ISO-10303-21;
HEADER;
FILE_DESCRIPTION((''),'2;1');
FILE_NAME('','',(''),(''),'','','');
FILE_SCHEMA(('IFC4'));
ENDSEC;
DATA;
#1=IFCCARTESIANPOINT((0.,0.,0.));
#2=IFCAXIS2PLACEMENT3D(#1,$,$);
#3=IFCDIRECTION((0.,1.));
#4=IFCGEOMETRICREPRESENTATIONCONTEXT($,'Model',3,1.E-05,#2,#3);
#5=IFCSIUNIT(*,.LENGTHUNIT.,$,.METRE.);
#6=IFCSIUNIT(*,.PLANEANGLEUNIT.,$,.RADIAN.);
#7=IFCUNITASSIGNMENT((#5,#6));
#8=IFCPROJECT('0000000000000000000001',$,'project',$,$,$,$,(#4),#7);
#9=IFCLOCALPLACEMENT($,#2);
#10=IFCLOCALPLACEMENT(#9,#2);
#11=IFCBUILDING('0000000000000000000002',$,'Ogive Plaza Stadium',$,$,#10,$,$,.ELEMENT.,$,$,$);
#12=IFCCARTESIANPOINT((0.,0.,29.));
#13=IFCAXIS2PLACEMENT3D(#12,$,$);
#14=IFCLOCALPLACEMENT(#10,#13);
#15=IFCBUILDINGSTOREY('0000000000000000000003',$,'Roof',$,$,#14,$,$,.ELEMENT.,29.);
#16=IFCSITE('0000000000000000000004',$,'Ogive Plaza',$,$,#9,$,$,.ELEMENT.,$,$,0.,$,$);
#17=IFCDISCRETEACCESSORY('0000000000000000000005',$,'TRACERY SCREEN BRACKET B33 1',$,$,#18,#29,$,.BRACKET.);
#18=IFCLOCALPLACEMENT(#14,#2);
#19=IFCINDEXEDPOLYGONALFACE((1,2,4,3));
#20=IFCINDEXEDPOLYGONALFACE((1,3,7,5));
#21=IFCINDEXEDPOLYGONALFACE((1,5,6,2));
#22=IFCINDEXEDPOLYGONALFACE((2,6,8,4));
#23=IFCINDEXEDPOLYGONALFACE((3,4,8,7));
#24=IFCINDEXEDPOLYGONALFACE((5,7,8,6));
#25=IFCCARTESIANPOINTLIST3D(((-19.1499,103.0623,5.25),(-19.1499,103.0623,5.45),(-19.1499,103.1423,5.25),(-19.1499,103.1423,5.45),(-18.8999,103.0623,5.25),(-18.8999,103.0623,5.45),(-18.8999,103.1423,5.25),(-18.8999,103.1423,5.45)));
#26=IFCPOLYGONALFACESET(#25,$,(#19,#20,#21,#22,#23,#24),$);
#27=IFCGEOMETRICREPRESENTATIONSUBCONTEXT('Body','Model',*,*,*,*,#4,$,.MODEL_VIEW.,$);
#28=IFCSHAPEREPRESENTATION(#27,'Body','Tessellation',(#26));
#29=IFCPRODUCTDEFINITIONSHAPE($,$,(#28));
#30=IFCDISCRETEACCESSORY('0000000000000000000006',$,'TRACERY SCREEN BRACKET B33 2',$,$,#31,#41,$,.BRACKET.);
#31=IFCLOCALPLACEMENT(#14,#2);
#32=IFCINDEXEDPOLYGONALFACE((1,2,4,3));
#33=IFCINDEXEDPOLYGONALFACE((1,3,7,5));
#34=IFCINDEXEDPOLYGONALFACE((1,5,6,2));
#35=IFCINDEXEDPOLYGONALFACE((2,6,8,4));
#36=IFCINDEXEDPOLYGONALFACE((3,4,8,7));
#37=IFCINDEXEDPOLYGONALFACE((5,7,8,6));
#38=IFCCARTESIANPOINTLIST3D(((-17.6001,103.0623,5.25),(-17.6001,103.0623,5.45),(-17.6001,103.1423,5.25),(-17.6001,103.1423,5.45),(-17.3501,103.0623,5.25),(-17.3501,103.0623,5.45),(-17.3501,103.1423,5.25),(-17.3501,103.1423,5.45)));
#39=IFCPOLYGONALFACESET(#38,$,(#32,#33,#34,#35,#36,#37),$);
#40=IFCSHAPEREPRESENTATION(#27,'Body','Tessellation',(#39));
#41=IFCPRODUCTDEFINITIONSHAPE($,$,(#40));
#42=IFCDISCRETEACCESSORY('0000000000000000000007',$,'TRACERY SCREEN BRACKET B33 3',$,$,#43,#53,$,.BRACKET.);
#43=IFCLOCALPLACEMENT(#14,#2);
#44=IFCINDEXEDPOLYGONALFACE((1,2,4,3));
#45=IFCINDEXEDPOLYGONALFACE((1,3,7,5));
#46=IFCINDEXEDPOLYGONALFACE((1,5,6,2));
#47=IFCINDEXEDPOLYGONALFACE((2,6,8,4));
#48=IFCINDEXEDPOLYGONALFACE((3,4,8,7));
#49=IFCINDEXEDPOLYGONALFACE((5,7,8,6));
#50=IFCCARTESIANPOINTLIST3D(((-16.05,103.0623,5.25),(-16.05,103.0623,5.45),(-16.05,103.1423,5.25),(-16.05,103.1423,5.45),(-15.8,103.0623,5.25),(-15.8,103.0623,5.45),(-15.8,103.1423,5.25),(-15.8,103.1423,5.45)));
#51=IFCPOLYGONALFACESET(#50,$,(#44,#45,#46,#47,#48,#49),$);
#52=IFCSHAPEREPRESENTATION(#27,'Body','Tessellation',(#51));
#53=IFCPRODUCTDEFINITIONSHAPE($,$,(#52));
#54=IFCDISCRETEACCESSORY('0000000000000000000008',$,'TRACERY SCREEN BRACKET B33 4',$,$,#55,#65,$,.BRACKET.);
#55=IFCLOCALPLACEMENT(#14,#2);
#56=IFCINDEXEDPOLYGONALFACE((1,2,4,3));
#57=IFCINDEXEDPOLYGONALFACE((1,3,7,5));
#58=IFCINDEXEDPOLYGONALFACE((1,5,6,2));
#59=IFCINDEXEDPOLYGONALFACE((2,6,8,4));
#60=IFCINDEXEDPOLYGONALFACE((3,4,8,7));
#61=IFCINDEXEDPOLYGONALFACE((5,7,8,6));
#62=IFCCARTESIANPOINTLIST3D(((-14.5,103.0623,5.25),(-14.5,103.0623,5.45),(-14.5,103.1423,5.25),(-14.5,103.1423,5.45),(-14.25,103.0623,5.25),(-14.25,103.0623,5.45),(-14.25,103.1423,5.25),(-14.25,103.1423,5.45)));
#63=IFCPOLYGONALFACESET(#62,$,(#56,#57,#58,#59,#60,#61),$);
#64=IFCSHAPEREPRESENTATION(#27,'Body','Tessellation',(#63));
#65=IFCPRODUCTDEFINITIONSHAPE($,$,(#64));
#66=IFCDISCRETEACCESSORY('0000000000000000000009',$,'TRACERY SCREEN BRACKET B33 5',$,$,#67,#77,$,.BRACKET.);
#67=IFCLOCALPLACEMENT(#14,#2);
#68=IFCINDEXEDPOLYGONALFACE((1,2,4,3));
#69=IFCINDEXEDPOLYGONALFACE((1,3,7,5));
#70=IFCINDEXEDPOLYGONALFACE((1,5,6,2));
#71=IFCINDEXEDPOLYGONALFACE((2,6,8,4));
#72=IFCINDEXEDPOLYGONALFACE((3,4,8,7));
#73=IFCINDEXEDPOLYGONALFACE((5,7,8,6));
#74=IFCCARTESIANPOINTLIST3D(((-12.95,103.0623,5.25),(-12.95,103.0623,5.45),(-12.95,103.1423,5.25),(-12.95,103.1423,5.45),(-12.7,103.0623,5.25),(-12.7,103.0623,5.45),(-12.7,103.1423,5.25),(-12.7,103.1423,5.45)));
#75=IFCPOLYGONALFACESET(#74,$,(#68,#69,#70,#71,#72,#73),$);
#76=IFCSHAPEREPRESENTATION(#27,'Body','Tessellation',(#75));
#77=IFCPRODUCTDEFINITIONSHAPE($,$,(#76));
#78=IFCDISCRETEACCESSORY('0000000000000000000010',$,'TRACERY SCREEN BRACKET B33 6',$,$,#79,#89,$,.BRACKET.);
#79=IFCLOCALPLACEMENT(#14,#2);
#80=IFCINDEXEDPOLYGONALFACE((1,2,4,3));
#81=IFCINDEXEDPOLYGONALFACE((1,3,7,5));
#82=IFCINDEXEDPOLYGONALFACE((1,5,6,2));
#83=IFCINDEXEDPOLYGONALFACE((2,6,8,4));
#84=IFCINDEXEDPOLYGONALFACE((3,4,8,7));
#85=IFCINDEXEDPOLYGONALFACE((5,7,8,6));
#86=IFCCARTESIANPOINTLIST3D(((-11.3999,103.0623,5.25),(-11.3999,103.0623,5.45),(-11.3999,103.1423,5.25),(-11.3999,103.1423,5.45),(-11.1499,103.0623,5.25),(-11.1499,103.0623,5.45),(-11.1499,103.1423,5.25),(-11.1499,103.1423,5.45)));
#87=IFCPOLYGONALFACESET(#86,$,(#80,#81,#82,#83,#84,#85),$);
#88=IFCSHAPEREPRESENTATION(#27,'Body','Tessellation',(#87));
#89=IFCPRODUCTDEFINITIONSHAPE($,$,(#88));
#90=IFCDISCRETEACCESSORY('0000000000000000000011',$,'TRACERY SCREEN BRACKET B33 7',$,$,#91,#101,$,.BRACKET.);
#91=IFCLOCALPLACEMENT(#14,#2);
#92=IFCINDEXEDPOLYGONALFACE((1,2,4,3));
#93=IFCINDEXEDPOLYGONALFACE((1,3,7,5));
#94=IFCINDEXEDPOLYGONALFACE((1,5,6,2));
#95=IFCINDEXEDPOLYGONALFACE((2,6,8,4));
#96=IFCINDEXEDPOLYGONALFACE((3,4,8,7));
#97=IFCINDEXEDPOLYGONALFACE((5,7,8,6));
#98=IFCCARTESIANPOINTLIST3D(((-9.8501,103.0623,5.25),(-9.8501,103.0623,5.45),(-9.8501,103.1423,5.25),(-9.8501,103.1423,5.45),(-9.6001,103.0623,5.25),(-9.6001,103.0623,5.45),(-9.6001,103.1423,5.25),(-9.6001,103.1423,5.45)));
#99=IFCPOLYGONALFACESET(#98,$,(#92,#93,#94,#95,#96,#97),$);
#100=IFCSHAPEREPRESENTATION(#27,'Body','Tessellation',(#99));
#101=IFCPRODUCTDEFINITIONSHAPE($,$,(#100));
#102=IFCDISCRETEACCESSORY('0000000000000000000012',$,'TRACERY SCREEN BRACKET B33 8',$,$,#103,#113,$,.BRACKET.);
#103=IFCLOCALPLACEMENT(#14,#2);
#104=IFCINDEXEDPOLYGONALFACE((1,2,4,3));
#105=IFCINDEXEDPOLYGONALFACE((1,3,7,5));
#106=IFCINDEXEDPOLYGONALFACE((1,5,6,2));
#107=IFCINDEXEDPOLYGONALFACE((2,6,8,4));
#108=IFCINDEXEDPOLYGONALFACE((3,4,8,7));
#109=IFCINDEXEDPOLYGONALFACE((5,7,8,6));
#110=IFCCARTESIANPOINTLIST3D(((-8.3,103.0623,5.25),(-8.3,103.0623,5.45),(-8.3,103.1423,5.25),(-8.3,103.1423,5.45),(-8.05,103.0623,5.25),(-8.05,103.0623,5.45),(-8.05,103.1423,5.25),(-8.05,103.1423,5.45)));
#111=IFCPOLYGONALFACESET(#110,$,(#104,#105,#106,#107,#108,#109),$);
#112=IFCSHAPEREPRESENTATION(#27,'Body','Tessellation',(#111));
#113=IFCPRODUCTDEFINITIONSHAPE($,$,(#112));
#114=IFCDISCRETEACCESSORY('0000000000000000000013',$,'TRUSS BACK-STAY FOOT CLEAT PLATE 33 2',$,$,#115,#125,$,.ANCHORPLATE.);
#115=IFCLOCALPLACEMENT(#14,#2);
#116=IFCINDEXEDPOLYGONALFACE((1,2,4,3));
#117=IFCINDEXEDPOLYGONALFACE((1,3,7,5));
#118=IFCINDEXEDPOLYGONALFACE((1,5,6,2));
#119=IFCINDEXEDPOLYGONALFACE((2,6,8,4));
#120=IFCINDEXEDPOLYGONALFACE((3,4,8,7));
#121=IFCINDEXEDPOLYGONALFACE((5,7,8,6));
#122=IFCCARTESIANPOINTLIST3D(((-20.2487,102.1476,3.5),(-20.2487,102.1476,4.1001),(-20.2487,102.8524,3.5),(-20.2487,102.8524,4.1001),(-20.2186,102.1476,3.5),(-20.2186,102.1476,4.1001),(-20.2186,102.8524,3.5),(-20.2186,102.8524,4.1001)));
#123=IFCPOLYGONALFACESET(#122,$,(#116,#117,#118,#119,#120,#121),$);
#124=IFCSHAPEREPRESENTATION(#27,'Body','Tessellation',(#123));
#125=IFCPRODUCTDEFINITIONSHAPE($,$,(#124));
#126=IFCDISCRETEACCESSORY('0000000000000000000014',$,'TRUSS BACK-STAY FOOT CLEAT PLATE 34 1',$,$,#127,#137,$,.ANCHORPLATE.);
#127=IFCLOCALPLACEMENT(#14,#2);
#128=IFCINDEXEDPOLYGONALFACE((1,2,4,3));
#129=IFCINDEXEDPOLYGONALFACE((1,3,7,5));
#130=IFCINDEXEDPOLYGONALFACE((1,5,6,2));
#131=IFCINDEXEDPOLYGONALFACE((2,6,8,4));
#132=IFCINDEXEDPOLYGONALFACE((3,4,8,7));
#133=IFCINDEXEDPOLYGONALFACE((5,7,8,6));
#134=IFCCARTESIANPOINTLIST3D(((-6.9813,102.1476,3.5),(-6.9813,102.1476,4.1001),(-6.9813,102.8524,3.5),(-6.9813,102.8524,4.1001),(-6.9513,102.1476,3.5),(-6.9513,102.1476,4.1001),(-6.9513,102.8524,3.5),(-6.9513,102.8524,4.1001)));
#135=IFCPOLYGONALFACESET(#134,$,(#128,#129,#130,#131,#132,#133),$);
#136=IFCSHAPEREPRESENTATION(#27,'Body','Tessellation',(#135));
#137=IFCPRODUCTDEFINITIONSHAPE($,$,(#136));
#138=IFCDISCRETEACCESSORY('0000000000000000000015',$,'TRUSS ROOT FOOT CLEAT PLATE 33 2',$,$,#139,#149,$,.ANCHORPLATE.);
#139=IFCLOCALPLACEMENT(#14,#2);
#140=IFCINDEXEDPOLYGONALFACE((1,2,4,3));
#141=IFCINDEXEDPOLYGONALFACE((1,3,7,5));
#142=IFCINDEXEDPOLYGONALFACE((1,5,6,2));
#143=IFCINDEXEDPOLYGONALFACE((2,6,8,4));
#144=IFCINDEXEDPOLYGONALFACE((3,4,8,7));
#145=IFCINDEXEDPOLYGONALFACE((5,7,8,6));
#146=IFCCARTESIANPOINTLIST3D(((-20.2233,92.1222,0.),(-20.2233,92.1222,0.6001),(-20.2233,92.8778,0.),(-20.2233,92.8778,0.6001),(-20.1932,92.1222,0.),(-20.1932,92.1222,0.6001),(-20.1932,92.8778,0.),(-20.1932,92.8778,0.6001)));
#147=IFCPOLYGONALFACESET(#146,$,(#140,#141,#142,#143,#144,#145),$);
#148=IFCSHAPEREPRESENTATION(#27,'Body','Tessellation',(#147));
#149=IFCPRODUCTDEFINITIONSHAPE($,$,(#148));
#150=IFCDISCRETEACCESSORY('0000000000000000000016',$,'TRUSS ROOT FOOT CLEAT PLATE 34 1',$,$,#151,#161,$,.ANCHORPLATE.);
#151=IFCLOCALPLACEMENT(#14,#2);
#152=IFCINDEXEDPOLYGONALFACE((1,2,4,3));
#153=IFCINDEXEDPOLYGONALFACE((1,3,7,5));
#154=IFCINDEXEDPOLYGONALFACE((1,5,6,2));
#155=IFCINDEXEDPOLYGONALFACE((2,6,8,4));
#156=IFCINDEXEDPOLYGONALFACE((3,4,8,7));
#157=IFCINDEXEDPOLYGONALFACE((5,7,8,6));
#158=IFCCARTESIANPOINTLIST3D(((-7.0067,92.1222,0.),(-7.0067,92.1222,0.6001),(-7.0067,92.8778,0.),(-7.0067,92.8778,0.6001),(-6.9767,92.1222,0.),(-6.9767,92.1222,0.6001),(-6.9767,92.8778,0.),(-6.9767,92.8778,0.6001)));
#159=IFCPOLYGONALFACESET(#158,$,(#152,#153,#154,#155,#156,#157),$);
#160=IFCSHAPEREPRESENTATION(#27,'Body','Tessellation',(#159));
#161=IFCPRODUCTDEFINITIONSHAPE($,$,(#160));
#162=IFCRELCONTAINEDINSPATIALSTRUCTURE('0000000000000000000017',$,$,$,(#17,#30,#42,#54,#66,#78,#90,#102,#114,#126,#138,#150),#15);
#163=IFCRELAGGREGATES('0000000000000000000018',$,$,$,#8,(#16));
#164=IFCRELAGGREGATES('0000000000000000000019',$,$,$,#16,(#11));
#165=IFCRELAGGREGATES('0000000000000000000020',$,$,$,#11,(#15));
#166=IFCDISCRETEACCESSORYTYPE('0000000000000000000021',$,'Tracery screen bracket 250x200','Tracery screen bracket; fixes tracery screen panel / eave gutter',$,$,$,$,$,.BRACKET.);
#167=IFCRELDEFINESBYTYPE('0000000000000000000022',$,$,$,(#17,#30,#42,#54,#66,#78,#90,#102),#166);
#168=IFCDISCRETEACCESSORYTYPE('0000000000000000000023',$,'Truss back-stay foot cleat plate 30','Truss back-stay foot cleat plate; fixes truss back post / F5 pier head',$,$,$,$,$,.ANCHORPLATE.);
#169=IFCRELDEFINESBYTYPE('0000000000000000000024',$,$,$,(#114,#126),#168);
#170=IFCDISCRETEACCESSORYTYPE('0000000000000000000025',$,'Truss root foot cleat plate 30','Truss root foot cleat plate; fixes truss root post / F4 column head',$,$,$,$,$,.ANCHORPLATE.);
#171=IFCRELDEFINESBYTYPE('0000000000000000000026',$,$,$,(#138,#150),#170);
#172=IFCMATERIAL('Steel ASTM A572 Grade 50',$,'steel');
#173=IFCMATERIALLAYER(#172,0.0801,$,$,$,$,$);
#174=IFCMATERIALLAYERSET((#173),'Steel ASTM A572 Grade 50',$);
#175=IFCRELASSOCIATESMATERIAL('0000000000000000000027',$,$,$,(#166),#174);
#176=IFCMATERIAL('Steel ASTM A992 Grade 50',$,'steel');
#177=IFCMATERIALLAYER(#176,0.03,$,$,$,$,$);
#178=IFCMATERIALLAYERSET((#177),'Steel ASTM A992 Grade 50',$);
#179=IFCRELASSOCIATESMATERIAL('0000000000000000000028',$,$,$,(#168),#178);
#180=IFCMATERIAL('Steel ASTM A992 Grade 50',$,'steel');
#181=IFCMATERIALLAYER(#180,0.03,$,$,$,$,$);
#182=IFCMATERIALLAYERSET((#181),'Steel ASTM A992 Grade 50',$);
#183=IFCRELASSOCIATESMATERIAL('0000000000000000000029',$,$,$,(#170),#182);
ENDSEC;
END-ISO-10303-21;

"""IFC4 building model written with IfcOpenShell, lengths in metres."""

from ifc_helpers import new_model, si_unit, direction, frame, origin, origin_2d, place, context, subcontext, project, spatial, rectangle, extrude, material, layer, layer_set, type_object, element, save


model = new_model("IFC4")

# Units and contexts
model_context = context("Model", 3, precision=1e-05, world=origin(), true_north=direction((0.0, 1.0)))
body_context = subcontext(model_context, "Body", "Model", "MODEL_VIEW")
ifc_project = project(units=[si_unit("LENGTHUNIT", "METRE"), si_unit("PLANEANGLEUNIT", "RADIAN")], contexts=[model_context])

# Site, building, storey
site_placement = place(None, origin())
site = spatial("IfcSite", under=ifc_project, at=site_placement, Name="Ogive Plaza", CompositionType="ELEMENT", RefElevation=0.0)
building_placement = place(site_placement, origin())
building = spatial("IfcBuilding", under=site, at=building_placement, Name="Ogive Plaza Stadium", CompositionType="ELEMENT")
storey_placement = place(building_placement, frame((0.0, 0.0, 29.0)))
storey = spatial("IfcBuildingStorey", under=building, at=storey_placement, Name="Roof", CompositionType="ELEMENT", Elevation=29.0)

# Discrete accessories
ifc_material_1 = material(Name="Steel ASTM A572 Grade 50", Category="steel")
ifc_layer_1 = layer(ifc_material_1, 0.0801)
ifc_layer_set_1 = layer_set([ifc_layer_1], Name="Steel ASTM A572 Grade 50")
discrete_accessory_type_1 = type_object("IfcDiscreteAccessoryType", Name="Tracery screen bracket 250x200", Description="Tracery screen bracket; fixes tracery screen panel / eave gutter", PredefinedType="BRACKET", material=ifc_layer_set_1)
for number, where, z_axis, x_axis, name in (
    (1, (-19.0249, 103.1023, 5.25), (0.0, 0.0, 1.0), (1.0, 0.0, 0.0), "TRACERY SCREEN BRACKET B33 1"),
    (2, (-17.4751, 103.1023, 5.25), (0.0, 0.0, 1.0), (1.0, 0.0, 0.0), "TRACERY SCREEN BRACKET B33 2"),
    (3, (-15.925, 103.1023, 5.25), (0.0, 0.0, 1.0), (1.0, 0.0, 0.0), "TRACERY SCREEN BRACKET B33 3"),
    (4, (-14.375, 103.1023, 5.25), (0.0, 0.0, 1.0), (1.0, 0.0, 0.0), "TRACERY SCREEN BRACKET B33 4"),
    (5, (-12.825, 103.1023, 5.25), (0.0, 0.0, 1.0), (1.0, 0.0, 0.0), "TRACERY SCREEN BRACKET B33 5"),
    (6, (-11.2749, 103.1023, 5.25), (0.0, 0.0, 1.0), (1.0, 0.0, 0.0), "TRACERY SCREEN BRACKET B33 6"),
    (7, (-9.7251, 103.1023, 5.25), (0.0, 0.0, 1.0), (1.0, 0.0, 0.0), "TRACERY SCREEN BRACKET B33 7"),
    (8, (-8.175, 103.1023, 5.25), (0.0, 0.0, 1.0), (1.0, 0.0, 0.0), "TRACERY SCREEN BRACKET B33 8"),
):
    element("IfcDiscreteAccessory", number, at=place(storey_placement, frame(where, z_axis=z_axis, x_axis=x_axis)), inside=storey, type_object=discrete_accessory_type_1, Name=name, PredefinedType="BRACKET", context=body_context, shape_type="SweptSolid", body=[
        extrude(rectangle(XDim=0.25, YDim=0.0801, at=origin_2d()), origin(), (0.0, 0.0, 1.0), 0.2),
    ])
ifc_material_2 = material(Name="Steel ASTM A992 Grade 50", Category="steel")
ifc_layer_2 = layer(ifc_material_2, 0.03)
ifc_layer_set_2 = layer_set([ifc_layer_2], Name="Steel ASTM A992 Grade 50")
discrete_accessory_type_2 = type_object("IfcDiscreteAccessoryType", Name="Truss back-stay foot cleat plate 30", Description="Truss back-stay foot cleat plate; fixes truss back post / F5 pier head", PredefinedType="ANCHORPLATE", material=ifc_layer_set_2)
for number, where, z_axis, x_axis, name in (
    (9, (-20.2336, 102.5, 3.5), (0.0, 0.0, 1.0), (0.0, 1.0, 0.0), "TRUSS BACK-STAY FOOT CLEAT PLATE 33 2"),
    (10, (-6.9663, 102.5, 3.5), (0.0, 0.0, 1.0), (0.0, 1.0, 0.0), "TRUSS BACK-STAY FOOT CLEAT PLATE 34 1"),
):
    element("IfcDiscreteAccessory", number, at=place(storey_placement, frame(where, z_axis=z_axis, x_axis=x_axis)), inside=storey, type_object=discrete_accessory_type_2, Name=name, PredefinedType="ANCHORPLATE", context=body_context, shape_type="SweptSolid", body=[
        extrude(rectangle(XDim=0.7048, YDim=0.03, at=origin_2d()), origin(), (0.0, 0.0, 1.0), 0.6001),
    ])
ifc_material_3 = material(Name="Steel ASTM A992 Grade 50", Category="steel")
ifc_layer_3 = layer(ifc_material_3, 0.03)
ifc_layer_set_3 = layer_set([ifc_layer_3], Name="Steel ASTM A992 Grade 50")
discrete_accessory_type_3 = type_object("IfcDiscreteAccessoryType", Name="Truss root foot cleat plate 30", Description="Truss root foot cleat plate; fixes truss root post / F4 column head", PredefinedType="ANCHORPLATE", material=ifc_layer_set_3)
for number, where, z_axis, x_axis, name in (
    (11, (-20.2083, 92.5, 0.0), (0.0, 0.0, 1.0), (0.0, 1.0, 0.0), "TRUSS ROOT FOOT CLEAT PLATE 33 2"),
    (12, (-6.9917, 92.5, 0.0), (0.0, 0.0, 1.0), (0.0, 1.0, 0.0), "TRUSS ROOT FOOT CLEAT PLATE 34 1"),
):
    element("IfcDiscreteAccessory", number, at=place(storey_placement, frame(where, z_axis=z_axis, x_axis=x_axis)), inside=storey, type_object=discrete_accessory_type_3, Name=name, PredefinedType="ANCHORPLATE", context=body_context, shape_type="SweptSolid", body=[
        extrude(rectangle(XDim=0.7556, YDim=0.03, at=origin_2d()), origin(), (0.0, 0.0, 1.0), 0.6001),
    ])

save(model, "model.ifc")
